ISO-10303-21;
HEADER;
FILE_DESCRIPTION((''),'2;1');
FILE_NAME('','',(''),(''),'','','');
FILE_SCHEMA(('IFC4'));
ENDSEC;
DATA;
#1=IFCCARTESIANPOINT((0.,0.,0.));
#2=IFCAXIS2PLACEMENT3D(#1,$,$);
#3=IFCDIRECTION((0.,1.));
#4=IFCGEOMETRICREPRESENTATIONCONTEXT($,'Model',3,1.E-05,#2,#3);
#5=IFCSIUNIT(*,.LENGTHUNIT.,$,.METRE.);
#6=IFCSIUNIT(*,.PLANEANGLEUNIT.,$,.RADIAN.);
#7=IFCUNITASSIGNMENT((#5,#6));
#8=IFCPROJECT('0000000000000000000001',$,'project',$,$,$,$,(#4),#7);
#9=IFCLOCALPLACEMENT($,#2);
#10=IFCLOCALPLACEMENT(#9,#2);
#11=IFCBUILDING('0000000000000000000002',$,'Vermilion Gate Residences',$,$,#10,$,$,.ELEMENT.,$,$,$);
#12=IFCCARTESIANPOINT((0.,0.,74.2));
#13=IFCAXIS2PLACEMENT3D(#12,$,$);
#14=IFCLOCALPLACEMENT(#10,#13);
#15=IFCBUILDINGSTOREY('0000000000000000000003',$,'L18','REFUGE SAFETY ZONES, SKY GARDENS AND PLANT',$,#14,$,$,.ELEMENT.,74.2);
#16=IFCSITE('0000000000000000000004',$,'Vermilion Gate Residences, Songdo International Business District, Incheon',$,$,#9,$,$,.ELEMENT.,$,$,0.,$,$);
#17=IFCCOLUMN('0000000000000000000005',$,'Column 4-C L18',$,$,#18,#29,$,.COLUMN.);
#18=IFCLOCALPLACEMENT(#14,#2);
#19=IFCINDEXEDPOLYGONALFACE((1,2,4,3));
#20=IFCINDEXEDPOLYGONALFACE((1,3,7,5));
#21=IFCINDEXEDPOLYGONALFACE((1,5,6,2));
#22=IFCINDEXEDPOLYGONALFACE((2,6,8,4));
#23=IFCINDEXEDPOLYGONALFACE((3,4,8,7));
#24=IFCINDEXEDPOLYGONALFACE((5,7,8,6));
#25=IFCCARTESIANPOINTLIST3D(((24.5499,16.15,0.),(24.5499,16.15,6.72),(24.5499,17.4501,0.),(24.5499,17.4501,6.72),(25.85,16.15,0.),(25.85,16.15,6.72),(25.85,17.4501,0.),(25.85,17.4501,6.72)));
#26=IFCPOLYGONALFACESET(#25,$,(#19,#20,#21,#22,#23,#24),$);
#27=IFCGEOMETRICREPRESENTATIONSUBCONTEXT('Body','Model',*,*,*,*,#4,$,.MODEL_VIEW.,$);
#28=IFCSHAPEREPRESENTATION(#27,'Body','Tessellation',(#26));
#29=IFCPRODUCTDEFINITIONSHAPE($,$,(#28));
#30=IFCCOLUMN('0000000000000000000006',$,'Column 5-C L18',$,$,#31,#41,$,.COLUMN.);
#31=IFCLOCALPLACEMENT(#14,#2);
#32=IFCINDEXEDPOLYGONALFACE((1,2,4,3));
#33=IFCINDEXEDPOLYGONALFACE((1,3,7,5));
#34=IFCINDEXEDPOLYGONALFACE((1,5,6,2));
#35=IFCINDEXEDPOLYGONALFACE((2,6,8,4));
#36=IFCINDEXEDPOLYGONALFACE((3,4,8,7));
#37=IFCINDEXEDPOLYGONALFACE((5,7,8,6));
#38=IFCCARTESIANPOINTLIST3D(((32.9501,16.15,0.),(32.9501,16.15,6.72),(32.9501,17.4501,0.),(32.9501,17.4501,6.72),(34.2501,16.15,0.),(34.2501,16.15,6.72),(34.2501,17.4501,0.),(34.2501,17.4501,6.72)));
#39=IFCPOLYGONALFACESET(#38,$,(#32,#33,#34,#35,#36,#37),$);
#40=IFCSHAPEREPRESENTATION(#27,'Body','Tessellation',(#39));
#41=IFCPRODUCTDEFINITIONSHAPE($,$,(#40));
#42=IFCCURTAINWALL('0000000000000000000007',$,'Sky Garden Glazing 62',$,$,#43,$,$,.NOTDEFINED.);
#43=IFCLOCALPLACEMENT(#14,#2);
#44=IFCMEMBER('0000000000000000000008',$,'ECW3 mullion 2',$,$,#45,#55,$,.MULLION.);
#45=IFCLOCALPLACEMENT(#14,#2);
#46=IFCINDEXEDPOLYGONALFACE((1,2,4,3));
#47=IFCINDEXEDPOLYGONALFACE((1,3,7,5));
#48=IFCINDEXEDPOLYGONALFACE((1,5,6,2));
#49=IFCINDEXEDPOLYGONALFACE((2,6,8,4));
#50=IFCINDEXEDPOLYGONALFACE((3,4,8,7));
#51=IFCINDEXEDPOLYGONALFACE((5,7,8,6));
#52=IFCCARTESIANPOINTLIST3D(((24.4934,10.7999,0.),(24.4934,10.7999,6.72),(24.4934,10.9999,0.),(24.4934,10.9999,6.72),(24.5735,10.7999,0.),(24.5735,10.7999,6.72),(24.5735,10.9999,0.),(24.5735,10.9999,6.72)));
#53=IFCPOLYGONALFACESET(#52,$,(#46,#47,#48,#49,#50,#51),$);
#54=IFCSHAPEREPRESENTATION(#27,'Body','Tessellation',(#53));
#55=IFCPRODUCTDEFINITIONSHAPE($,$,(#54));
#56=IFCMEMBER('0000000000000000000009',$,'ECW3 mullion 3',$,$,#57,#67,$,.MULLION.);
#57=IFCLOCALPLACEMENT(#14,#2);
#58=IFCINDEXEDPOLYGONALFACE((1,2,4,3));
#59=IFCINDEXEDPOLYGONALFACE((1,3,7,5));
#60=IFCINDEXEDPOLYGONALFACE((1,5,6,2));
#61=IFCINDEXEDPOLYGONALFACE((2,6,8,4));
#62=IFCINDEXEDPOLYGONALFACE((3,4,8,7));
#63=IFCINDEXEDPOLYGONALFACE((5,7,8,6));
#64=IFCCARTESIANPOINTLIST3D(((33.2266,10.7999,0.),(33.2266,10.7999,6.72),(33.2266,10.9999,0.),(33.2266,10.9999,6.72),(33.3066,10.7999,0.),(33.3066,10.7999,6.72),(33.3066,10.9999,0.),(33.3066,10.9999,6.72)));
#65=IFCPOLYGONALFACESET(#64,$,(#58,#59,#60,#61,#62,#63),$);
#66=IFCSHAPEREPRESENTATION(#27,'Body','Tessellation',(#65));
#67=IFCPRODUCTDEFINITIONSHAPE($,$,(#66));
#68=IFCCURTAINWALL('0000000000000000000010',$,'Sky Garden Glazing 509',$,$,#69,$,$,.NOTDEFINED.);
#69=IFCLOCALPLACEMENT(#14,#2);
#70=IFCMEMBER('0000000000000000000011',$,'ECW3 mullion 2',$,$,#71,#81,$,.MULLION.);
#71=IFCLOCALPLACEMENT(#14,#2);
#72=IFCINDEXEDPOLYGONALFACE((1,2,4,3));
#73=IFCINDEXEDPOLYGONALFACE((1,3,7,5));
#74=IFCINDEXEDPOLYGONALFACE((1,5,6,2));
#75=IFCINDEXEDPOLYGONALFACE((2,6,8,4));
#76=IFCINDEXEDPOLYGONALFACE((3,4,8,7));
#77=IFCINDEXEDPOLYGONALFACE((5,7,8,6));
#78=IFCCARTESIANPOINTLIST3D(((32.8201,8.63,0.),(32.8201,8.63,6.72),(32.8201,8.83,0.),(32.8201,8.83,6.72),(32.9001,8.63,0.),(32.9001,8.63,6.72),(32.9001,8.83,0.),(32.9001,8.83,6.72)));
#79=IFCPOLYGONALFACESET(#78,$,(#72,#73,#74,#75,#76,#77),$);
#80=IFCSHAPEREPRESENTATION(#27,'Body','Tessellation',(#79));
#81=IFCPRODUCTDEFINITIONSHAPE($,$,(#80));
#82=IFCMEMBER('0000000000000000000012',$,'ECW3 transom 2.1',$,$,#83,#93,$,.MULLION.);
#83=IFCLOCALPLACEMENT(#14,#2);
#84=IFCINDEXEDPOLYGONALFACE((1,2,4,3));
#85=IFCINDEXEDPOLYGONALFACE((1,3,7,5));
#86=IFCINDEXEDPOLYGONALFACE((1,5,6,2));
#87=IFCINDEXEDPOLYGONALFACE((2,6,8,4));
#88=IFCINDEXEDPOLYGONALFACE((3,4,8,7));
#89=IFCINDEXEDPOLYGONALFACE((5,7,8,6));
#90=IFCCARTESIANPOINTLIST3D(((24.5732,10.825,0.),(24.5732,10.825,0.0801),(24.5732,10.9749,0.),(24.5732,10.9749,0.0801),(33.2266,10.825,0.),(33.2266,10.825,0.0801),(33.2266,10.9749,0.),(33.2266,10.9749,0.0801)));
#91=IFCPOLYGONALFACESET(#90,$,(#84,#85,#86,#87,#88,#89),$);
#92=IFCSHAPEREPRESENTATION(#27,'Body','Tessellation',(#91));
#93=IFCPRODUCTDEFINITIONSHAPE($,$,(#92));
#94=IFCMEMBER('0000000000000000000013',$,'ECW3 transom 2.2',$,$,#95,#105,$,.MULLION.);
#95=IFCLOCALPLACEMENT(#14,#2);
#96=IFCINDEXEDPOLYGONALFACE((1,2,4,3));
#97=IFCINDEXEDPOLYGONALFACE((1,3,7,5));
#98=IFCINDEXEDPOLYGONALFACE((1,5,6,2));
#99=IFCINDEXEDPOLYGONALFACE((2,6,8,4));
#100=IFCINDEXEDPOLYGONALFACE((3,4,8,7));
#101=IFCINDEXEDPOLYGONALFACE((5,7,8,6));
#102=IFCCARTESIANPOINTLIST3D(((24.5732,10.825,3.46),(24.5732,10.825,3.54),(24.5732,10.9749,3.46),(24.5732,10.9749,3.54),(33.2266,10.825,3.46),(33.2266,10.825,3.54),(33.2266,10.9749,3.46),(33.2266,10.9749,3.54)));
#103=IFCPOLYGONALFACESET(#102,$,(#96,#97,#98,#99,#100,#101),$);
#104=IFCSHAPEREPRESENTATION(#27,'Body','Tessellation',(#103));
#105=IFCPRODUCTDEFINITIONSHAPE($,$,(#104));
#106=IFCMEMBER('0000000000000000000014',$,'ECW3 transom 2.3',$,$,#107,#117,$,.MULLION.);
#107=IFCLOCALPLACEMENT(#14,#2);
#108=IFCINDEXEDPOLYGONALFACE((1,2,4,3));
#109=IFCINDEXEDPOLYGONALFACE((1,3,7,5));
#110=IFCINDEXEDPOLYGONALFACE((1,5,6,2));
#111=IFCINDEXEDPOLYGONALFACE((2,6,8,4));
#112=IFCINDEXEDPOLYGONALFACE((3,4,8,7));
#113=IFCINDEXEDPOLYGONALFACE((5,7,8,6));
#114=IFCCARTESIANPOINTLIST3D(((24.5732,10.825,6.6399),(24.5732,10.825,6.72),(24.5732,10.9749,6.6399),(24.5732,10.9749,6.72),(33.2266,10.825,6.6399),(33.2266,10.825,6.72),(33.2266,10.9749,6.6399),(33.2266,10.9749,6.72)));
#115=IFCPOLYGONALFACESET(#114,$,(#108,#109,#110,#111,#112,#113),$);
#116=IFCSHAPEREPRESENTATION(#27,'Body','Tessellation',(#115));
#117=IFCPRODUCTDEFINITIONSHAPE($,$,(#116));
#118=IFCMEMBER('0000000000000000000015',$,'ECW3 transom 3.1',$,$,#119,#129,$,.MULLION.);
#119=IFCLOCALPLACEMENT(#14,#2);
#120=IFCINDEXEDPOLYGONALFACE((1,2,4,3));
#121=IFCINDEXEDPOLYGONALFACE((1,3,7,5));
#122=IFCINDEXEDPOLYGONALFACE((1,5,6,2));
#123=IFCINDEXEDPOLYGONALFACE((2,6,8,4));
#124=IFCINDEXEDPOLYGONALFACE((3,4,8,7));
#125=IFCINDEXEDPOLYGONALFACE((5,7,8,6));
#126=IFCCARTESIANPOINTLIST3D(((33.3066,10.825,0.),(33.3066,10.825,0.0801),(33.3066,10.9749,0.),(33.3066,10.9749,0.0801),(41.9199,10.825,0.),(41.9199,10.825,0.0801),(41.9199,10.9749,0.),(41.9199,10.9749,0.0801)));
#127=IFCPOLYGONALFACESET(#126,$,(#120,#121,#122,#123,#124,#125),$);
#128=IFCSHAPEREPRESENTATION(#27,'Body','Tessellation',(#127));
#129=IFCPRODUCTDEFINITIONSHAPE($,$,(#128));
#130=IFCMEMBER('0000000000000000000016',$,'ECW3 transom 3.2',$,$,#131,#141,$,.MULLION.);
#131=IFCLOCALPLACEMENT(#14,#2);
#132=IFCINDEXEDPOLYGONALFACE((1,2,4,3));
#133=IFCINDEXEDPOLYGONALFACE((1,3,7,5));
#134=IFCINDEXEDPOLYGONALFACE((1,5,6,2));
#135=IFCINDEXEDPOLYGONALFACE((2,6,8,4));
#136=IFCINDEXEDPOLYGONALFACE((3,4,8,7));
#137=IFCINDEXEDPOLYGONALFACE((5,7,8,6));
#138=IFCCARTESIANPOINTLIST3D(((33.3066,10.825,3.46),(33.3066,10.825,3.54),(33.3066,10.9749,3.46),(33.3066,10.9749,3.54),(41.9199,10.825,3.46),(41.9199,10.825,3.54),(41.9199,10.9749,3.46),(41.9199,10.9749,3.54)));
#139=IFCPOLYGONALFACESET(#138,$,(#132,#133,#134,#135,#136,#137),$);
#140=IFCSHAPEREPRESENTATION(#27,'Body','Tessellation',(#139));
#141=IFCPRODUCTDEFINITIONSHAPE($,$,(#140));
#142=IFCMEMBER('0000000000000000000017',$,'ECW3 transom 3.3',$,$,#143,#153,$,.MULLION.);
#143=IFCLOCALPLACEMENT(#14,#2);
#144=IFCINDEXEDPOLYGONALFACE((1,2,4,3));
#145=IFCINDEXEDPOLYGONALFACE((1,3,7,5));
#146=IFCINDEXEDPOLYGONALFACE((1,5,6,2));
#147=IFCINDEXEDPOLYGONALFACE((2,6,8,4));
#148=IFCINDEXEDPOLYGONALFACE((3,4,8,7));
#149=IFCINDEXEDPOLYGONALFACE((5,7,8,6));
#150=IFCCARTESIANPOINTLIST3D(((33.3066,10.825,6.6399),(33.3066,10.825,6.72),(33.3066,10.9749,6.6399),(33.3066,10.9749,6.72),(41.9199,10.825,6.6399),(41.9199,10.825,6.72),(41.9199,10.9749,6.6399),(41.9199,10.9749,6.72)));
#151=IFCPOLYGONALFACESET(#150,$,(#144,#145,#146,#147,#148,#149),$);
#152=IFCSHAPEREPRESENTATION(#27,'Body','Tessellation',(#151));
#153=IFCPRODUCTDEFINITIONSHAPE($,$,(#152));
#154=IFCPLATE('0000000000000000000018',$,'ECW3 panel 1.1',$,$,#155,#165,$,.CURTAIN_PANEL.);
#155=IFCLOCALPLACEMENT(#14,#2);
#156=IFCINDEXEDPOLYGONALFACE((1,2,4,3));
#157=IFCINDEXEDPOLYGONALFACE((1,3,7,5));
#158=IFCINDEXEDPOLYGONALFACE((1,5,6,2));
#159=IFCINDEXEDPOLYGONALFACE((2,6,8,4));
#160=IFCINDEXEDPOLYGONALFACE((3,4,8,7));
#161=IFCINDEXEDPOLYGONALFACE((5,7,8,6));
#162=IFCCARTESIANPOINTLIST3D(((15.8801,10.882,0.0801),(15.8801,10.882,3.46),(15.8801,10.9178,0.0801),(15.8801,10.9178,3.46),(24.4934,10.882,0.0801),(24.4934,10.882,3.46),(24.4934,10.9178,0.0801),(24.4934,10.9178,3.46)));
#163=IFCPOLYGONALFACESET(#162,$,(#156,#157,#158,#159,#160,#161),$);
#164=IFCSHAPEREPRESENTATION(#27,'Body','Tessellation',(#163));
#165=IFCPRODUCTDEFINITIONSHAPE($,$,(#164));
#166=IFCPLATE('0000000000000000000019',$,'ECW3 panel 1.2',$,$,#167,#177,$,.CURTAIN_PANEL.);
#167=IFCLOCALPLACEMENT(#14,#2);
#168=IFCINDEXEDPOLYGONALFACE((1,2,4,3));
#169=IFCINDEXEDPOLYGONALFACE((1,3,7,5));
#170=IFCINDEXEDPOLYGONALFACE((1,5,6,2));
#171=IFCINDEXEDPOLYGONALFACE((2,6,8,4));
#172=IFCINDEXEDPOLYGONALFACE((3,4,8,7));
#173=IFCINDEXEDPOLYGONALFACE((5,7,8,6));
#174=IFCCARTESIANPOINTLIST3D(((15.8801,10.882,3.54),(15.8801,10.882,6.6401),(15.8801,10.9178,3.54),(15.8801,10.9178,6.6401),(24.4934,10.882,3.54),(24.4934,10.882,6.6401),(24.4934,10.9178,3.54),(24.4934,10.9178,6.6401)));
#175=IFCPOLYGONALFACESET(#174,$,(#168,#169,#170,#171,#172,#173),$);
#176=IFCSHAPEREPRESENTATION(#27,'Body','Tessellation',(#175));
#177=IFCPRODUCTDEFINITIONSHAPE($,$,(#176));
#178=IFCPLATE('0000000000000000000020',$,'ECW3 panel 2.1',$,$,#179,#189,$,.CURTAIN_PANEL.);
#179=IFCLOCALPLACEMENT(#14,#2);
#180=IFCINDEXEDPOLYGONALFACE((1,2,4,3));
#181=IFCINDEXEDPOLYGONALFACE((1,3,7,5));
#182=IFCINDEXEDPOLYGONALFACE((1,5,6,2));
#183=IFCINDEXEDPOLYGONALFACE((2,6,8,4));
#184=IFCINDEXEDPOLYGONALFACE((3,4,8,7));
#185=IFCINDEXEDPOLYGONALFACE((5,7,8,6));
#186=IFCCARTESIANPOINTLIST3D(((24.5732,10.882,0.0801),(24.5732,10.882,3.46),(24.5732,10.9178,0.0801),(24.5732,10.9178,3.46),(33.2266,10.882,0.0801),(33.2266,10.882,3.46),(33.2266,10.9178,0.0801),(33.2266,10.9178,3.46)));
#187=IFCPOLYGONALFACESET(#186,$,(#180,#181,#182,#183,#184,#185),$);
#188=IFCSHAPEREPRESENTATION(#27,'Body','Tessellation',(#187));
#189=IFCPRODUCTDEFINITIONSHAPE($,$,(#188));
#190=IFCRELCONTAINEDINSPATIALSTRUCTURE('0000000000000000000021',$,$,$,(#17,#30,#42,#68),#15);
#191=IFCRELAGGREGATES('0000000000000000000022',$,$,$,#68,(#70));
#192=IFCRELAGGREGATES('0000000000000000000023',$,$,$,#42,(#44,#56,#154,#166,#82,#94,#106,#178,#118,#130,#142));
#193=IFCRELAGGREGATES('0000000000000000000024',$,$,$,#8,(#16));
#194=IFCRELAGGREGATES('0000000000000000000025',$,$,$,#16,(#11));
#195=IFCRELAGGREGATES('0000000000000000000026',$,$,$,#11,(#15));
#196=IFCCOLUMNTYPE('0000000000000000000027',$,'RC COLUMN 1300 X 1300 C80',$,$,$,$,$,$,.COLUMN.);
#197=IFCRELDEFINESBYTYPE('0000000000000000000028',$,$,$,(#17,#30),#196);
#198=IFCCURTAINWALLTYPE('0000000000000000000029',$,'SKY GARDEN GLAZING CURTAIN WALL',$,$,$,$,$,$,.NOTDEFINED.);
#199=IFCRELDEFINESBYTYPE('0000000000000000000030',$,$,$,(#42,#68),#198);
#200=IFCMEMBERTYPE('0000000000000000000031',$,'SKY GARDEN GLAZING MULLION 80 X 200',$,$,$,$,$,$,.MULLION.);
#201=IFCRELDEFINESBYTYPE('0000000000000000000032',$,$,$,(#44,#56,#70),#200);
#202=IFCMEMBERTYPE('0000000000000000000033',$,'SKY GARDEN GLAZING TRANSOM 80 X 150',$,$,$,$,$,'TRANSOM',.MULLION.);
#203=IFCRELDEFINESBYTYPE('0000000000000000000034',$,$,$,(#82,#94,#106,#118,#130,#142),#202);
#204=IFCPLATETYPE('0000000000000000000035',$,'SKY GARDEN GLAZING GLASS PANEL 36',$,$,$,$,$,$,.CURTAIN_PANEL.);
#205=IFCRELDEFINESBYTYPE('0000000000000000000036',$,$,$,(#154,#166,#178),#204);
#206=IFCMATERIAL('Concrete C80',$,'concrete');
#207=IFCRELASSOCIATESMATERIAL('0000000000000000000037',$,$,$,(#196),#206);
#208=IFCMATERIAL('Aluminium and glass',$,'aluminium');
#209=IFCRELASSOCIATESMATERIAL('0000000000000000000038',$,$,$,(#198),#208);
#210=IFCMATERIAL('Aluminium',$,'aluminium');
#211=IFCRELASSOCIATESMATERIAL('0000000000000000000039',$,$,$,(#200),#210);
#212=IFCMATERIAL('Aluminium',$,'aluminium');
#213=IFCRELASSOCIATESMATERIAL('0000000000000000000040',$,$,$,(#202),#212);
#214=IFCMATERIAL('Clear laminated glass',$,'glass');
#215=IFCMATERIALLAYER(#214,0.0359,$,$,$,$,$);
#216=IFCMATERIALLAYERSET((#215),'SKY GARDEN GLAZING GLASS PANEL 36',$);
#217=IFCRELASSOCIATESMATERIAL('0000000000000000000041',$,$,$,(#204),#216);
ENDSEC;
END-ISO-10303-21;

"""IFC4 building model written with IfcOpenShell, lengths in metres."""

from ifc_helpers import new_model, si_unit, direction, frame, origin, origin_2d, place, context, subcontext, project, spatial, rectangle, extrude, material, layer, layer_set, material_profile, profile_set, type_object, element, aggregate, save


model = new_model("IFC4")

# Units and contexts
model_context = context("Model", 3, precision=1e-05, world=origin(), true_north=direction((0.0, 1.0)))
body_context = subcontext(model_context, "Body", "Model", "MODEL_VIEW")
ifc_project = project(units=[si_unit("LENGTHUNIT", "METRE"), si_unit("PLANEANGLEUNIT", "RADIAN")], contexts=[model_context])

# Site, building, storey
site_placement = place(None, origin())
site = spatial("IfcSite", under=ifc_project, at=site_placement, Name="Vermilion Gate Residences, Songdo International Business District, Incheon", CompositionType="ELEMENT", RefElevation=0.0)
building_placement = place(site_placement, origin())
building = spatial("IfcBuilding", under=site, at=building_placement, Name="Vermilion Gate Residences", CompositionType="ELEMENT")
storey_placement = place(building_placement, frame((0.0, 0.0, 74.2)))
storey = spatial("IfcBuildingStorey", under=building, at=storey_placement, Name="L18", Description="REFUGE SAFETY ZONES, SKY GARDENS AND PLANT", CompositionType="ELEMENT", Elevation=74.2)

# Columns
ifc_material_1 = material(Name="Concrete C80", Category="concrete")
ifc_material_profile_1 = material_profile(ifc_material_1, rectangle(XDim=1.3, YDim=1.3, at=origin_2d()), Name="RC-1300x1300")
ifc_profile_set_1 = profile_set([ifc_material_profile_1], Name="Concrete C80")
column_type = type_object("IfcColumnType", Name="RC COLUMN 1300 X 1300 C80", PredefinedType="COLUMN", material=ifc_profile_set_1)
for number, where, z_axis, x_axis, name in (
    (1, (25.2, 16.8, 0.0), (0.0, 0.0, 1.0), (1.0, 0.0, 0.0), "Column 4-C L18"),
    (2, (33.6001, 16.8, 0.0), (0.0, 0.0, 1.0), (1.0, 0.0, 0.0), "Column 5-C L18"),
):
    element("IfcColumn", number, at=place(storey_placement, frame(where, z_axis=z_axis, x_axis=x_axis)), inside=storey, type_object=column_type, Name=name, PredefinedType="COLUMN", context=body_context, shape_type="SweptSolid", body=[
        extrude(rectangle(XDim=1.3, YDim=1.3, at=origin_2d()), origin(), (0.0, 0.0, 1.0), 6.72),
    ])

# Curtain wall, members
ifc_material_2 = material(Name="Aluminium and glass", Category="aluminium")
curtain_wall_type = type_object("IfcCurtainWallType", Name="SKY GARDEN GLAZING CURTAIN WALL", PredefinedType="NOTDEFINED", material=ifc_material_2)
curtain_wall_1_placement = place(storey_placement, origin())
curtain_wall_1 = element("IfcCurtainWall", 3, at=curtain_wall_1_placement, inside=storey, type_object=curtain_wall_type, Name="Sky Garden Glazing 62", PredefinedType="NOTDEFINED")
ifc_material_3 = material(Name="Aluminium", Category="aluminium")
ifc_material_profile_2 = material_profile(ifc_material_3, rectangle(XDim=0.2, YDim=0.0801, at=origin_2d()), Name="MULLION 80 X 200")
ifc_profile_set_2 = profile_set([ifc_material_profile_2], Name="Aluminium")
member_type_1 = type_object("IfcMemberType", Name="SKY GARDEN GLAZING MULLION 80 X 200", PredefinedType="MULLION", material=ifc_profile_set_2)
member_1_placement = place(storey_placement, frame((24.5334, 10.8999, 0.0), z_axis=(0.0, 0.0, 1.0), x_axis=(0.0, 1.0, 0.0)))
member_1 = element("IfcMember", 4, at=member_1_placement, type_object=member_type_1, Name="ECW3 mullion 2", PredefinedType="MULLION", context=body_context, shape_type="SweptSolid", body=[
    extrude(rectangle(XDim=0.2, YDim=0.0801, at=origin_2d()), origin(), (0.0, 0.0, 1.0), 6.72),
])
member_2_placement = place(storey_placement, frame((33.2666, 10.8999, 0.0), z_axis=(0.0, 0.0, 1.0), x_axis=(0.0, 1.0, 0.0)))
member_2 = element("IfcMember", 5, at=member_2_placement, type_object=member_type_1, Name="ECW3 mullion 3", PredefinedType="MULLION", context=body_context, shape_type="SweptSolid", body=[
    extrude(rectangle(XDim=0.2, YDim=0.0801, at=origin_2d()), origin(), (0.0, 0.0, 1.0), 6.72),
])

# Curtain wall, member
curtain_wall_2_placement = place(storey_placement, origin())
curtain_wall_2 = element("IfcCurtainWall", 6, at=curtain_wall_2_placement, inside=storey, type_object=curtain_wall_type, Name="Sky Garden Glazing 509", PredefinedType="NOTDEFINED")
member_3_placement = place(storey_placement, frame((32.8601, 8.73, 0.0), z_axis=(0.0, 0.0, 1.0), x_axis=(0.0, 1.0, 0.0)))
member_3 = element("IfcMember", 7, at=member_3_placement, type_object=member_type_1, Name="ECW3 mullion 2", PredefinedType="MULLION", context=body_context, shape_type="SweptSolid", body=[
    extrude(rectangle(XDim=0.2, YDim=0.0801, at=origin_2d()), origin(), (0.0, 0.0, 1.0), 6.72),
])
aggregate(curtain_wall_2, [member_3])

# Members
ifc_material_4 = material(Name="Aluminium", Category="aluminium")
ifc_material_profile_3 = material_profile(ifc_material_4, rectangle(XDim=0.1499, YDim=0.0801, at=origin_2d()), Name="TRANSOM 80 X 150")
ifc_profile_set_3 = profile_set([ifc_material_profile_3], Name="Aluminium")
member_type_2 = type_object("IfcMemberType", Name="SKY GARDEN GLAZING TRANSOM 80 X 150", ElementType="TRANSOM", PredefinedType="MULLION", material=ifc_profile_set_3)
member_4_placement = place(storey_placement, frame((24.5732, 10.8999, 0.04), z_axis=(1.0, 0.0, 0.0), x_axis=(0.0, 1.0, 0.0)))
member_4 = element("IfcMember", 8, at=member_4_placement, type_object=member_type_2, Name="ECW3 transom 2.1", PredefinedType="MULLION", context=body_context, shape_type="SweptSolid", body=[
    extrude(rectangle(XDim=0.1499, YDim=0.0801, at=origin_2d()), origin(), (0.0, 0.0, 1.0), 8.6533),
])
member_5_placement = place(storey_placement, frame((24.5732, 10.8999, 3.5), z_axis=(1.0, 0.0, 0.0), x_axis=(0.0, 1.0, 0.0)))
member_5 = element("IfcMember", 9, at=member_5_placement, type_object=member_type_2, Name="ECW3 transom 2.2", PredefinedType="MULLION", context=body_context, shape_type="SweptSolid", body=[
    extrude(rectangle(XDim=0.1499, YDim=0.0801, at=origin_2d()), origin(), (0.0, 0.0, 1.0), 8.6533),
])
member_6_placement = place(storey_placement, frame((24.5732, 10.8999, 6.6799), z_axis=(1.0, 0.0, 0.0), x_axis=(0.0, 1.0, 0.0)))
member_6 = element("IfcMember", 10, at=member_6_placement, type_object=member_type_2, Name="ECW3 transom 2.3", PredefinedType="MULLION", context=body_context, shape_type="SweptSolid", body=[
    extrude(rectangle(XDim=0.1499, YDim=0.0801, at=origin_2d()), origin(), (0.0, 0.0, 1.0), 8.6533),
])
member_7_placement = place(storey_placement, frame((33.3066, 10.8999, 0.04), z_axis=(1.0, 0.0, 0.0), x_axis=(0.0, 1.0, 0.0)))
member_7 = element("IfcMember", 11, at=member_7_placement, type_object=member_type_2, Name="ECW3 transom 3.1", PredefinedType="MULLION", context=body_context, shape_type="SweptSolid", body=[
    extrude(rectangle(XDim=0.1499, YDim=0.0801, at=origin_2d()), origin(), (0.0, 0.0, 1.0), 8.6133),
])
member_8_placement = place(storey_placement, frame((33.3066, 10.8999, 3.5), z_axis=(1.0, 0.0, 0.0), x_axis=(0.0, 1.0, 0.0)))
member_8 = element("IfcMember", 12, at=member_8_placement, type_object=member_type_2, Name="ECW3 transom 3.2", PredefinedType="MULLION", context=body_context, shape_type="SweptSolid", body=[
    extrude(rectangle(XDim=0.1499, YDim=0.0801, at=origin_2d()), origin(), (0.0, 0.0, 1.0), 8.6133),
])
member_9_placement = place(storey_placement, frame((33.3066, 10.8999, 6.6799), z_axis=(1.0, 0.0, 0.0), x_axis=(0.0, 1.0, 0.0)))
member_9 = element("IfcMember", 13, at=member_9_placement, type_object=member_type_2, Name="ECW3 transom 3.3", PredefinedType="MULLION", context=body_context, shape_type="SweptSolid", body=[
    extrude(rectangle(XDim=0.1499, YDim=0.0801, at=origin_2d()), origin(), (0.0, 0.0, 1.0), 8.6133),
])

# Plates
ifc_material_5 = material(Name="Clear laminated glass", Category="glass")
ifc_layer_1 = layer(ifc_material_5, 0.0359)
ifc_layer_set_1 = layer_set([ifc_layer_1], Name="SKY GARDEN GLAZING GLASS PANEL 36")
plate_type = type_object("IfcPlateType", Name="SKY GARDEN GLAZING GLASS PANEL 36", PredefinedType="CURTAIN_PANEL", material=ifc_layer_set_1)
plate_1_placement = place(storey_placement, frame((20.1868, 10.8999, 0.0801), z_axis=(0.0, 0.0, 1.0), x_axis=(1.0, 0.0, 0.0)))
plate_1 = element("IfcPlate", 14, at=plate_1_placement, type_object=plate_type, Name="ECW3 panel 1.1", PredefinedType="CURTAIN_PANEL", context=body_context, shape_type="SweptSolid", body=[
    extrude(rectangle(XDim=8.6133, YDim=0.0359, at=origin_2d()), origin(), (0.0, 0.0, 1.0), 3.3799),
])
plate_2_placement = place(storey_placement, frame((20.1868, 10.8999, 3.54), z_axis=(0.0, 0.0, 1.0), x_axis=(1.0, 0.0, 0.0)))
plate_2 = element("IfcPlate", 15, at=plate_2_placement, type_object=plate_type, Name="ECW3 panel 1.2", PredefinedType="CURTAIN_PANEL", context=body_context, shape_type="SweptSolid", body=[
    extrude(rectangle(XDim=8.6133, YDim=0.0359, at=origin_2d()), origin(), (0.0, 0.0, 1.0), 3.1001),
])
plate_3_placement = place(storey_placement, frame((28.8999, 10.8999, 0.0801), z_axis=(0.0, 0.0, 1.0), x_axis=(1.0, 0.0, 0.0)))
plate_3 = element("IfcPlate", 16, at=plate_3_placement, type_object=plate_type, Name="ECW3 panel 2.1", PredefinedType="CURTAIN_PANEL", context=body_context, shape_type="SweptSolid", body=[
    extrude(rectangle(XDim=8.6533, YDim=0.0359, at=origin_2d()), origin(), (0.0, 0.0, 1.0), 3.3799),
])
aggregate(curtain_wall_1, [member_1, member_2, plate_1, plate_2, member_4, member_5, member_6, plate_3, member_7, member_8, member_9])

save(model, "model.ifc")
